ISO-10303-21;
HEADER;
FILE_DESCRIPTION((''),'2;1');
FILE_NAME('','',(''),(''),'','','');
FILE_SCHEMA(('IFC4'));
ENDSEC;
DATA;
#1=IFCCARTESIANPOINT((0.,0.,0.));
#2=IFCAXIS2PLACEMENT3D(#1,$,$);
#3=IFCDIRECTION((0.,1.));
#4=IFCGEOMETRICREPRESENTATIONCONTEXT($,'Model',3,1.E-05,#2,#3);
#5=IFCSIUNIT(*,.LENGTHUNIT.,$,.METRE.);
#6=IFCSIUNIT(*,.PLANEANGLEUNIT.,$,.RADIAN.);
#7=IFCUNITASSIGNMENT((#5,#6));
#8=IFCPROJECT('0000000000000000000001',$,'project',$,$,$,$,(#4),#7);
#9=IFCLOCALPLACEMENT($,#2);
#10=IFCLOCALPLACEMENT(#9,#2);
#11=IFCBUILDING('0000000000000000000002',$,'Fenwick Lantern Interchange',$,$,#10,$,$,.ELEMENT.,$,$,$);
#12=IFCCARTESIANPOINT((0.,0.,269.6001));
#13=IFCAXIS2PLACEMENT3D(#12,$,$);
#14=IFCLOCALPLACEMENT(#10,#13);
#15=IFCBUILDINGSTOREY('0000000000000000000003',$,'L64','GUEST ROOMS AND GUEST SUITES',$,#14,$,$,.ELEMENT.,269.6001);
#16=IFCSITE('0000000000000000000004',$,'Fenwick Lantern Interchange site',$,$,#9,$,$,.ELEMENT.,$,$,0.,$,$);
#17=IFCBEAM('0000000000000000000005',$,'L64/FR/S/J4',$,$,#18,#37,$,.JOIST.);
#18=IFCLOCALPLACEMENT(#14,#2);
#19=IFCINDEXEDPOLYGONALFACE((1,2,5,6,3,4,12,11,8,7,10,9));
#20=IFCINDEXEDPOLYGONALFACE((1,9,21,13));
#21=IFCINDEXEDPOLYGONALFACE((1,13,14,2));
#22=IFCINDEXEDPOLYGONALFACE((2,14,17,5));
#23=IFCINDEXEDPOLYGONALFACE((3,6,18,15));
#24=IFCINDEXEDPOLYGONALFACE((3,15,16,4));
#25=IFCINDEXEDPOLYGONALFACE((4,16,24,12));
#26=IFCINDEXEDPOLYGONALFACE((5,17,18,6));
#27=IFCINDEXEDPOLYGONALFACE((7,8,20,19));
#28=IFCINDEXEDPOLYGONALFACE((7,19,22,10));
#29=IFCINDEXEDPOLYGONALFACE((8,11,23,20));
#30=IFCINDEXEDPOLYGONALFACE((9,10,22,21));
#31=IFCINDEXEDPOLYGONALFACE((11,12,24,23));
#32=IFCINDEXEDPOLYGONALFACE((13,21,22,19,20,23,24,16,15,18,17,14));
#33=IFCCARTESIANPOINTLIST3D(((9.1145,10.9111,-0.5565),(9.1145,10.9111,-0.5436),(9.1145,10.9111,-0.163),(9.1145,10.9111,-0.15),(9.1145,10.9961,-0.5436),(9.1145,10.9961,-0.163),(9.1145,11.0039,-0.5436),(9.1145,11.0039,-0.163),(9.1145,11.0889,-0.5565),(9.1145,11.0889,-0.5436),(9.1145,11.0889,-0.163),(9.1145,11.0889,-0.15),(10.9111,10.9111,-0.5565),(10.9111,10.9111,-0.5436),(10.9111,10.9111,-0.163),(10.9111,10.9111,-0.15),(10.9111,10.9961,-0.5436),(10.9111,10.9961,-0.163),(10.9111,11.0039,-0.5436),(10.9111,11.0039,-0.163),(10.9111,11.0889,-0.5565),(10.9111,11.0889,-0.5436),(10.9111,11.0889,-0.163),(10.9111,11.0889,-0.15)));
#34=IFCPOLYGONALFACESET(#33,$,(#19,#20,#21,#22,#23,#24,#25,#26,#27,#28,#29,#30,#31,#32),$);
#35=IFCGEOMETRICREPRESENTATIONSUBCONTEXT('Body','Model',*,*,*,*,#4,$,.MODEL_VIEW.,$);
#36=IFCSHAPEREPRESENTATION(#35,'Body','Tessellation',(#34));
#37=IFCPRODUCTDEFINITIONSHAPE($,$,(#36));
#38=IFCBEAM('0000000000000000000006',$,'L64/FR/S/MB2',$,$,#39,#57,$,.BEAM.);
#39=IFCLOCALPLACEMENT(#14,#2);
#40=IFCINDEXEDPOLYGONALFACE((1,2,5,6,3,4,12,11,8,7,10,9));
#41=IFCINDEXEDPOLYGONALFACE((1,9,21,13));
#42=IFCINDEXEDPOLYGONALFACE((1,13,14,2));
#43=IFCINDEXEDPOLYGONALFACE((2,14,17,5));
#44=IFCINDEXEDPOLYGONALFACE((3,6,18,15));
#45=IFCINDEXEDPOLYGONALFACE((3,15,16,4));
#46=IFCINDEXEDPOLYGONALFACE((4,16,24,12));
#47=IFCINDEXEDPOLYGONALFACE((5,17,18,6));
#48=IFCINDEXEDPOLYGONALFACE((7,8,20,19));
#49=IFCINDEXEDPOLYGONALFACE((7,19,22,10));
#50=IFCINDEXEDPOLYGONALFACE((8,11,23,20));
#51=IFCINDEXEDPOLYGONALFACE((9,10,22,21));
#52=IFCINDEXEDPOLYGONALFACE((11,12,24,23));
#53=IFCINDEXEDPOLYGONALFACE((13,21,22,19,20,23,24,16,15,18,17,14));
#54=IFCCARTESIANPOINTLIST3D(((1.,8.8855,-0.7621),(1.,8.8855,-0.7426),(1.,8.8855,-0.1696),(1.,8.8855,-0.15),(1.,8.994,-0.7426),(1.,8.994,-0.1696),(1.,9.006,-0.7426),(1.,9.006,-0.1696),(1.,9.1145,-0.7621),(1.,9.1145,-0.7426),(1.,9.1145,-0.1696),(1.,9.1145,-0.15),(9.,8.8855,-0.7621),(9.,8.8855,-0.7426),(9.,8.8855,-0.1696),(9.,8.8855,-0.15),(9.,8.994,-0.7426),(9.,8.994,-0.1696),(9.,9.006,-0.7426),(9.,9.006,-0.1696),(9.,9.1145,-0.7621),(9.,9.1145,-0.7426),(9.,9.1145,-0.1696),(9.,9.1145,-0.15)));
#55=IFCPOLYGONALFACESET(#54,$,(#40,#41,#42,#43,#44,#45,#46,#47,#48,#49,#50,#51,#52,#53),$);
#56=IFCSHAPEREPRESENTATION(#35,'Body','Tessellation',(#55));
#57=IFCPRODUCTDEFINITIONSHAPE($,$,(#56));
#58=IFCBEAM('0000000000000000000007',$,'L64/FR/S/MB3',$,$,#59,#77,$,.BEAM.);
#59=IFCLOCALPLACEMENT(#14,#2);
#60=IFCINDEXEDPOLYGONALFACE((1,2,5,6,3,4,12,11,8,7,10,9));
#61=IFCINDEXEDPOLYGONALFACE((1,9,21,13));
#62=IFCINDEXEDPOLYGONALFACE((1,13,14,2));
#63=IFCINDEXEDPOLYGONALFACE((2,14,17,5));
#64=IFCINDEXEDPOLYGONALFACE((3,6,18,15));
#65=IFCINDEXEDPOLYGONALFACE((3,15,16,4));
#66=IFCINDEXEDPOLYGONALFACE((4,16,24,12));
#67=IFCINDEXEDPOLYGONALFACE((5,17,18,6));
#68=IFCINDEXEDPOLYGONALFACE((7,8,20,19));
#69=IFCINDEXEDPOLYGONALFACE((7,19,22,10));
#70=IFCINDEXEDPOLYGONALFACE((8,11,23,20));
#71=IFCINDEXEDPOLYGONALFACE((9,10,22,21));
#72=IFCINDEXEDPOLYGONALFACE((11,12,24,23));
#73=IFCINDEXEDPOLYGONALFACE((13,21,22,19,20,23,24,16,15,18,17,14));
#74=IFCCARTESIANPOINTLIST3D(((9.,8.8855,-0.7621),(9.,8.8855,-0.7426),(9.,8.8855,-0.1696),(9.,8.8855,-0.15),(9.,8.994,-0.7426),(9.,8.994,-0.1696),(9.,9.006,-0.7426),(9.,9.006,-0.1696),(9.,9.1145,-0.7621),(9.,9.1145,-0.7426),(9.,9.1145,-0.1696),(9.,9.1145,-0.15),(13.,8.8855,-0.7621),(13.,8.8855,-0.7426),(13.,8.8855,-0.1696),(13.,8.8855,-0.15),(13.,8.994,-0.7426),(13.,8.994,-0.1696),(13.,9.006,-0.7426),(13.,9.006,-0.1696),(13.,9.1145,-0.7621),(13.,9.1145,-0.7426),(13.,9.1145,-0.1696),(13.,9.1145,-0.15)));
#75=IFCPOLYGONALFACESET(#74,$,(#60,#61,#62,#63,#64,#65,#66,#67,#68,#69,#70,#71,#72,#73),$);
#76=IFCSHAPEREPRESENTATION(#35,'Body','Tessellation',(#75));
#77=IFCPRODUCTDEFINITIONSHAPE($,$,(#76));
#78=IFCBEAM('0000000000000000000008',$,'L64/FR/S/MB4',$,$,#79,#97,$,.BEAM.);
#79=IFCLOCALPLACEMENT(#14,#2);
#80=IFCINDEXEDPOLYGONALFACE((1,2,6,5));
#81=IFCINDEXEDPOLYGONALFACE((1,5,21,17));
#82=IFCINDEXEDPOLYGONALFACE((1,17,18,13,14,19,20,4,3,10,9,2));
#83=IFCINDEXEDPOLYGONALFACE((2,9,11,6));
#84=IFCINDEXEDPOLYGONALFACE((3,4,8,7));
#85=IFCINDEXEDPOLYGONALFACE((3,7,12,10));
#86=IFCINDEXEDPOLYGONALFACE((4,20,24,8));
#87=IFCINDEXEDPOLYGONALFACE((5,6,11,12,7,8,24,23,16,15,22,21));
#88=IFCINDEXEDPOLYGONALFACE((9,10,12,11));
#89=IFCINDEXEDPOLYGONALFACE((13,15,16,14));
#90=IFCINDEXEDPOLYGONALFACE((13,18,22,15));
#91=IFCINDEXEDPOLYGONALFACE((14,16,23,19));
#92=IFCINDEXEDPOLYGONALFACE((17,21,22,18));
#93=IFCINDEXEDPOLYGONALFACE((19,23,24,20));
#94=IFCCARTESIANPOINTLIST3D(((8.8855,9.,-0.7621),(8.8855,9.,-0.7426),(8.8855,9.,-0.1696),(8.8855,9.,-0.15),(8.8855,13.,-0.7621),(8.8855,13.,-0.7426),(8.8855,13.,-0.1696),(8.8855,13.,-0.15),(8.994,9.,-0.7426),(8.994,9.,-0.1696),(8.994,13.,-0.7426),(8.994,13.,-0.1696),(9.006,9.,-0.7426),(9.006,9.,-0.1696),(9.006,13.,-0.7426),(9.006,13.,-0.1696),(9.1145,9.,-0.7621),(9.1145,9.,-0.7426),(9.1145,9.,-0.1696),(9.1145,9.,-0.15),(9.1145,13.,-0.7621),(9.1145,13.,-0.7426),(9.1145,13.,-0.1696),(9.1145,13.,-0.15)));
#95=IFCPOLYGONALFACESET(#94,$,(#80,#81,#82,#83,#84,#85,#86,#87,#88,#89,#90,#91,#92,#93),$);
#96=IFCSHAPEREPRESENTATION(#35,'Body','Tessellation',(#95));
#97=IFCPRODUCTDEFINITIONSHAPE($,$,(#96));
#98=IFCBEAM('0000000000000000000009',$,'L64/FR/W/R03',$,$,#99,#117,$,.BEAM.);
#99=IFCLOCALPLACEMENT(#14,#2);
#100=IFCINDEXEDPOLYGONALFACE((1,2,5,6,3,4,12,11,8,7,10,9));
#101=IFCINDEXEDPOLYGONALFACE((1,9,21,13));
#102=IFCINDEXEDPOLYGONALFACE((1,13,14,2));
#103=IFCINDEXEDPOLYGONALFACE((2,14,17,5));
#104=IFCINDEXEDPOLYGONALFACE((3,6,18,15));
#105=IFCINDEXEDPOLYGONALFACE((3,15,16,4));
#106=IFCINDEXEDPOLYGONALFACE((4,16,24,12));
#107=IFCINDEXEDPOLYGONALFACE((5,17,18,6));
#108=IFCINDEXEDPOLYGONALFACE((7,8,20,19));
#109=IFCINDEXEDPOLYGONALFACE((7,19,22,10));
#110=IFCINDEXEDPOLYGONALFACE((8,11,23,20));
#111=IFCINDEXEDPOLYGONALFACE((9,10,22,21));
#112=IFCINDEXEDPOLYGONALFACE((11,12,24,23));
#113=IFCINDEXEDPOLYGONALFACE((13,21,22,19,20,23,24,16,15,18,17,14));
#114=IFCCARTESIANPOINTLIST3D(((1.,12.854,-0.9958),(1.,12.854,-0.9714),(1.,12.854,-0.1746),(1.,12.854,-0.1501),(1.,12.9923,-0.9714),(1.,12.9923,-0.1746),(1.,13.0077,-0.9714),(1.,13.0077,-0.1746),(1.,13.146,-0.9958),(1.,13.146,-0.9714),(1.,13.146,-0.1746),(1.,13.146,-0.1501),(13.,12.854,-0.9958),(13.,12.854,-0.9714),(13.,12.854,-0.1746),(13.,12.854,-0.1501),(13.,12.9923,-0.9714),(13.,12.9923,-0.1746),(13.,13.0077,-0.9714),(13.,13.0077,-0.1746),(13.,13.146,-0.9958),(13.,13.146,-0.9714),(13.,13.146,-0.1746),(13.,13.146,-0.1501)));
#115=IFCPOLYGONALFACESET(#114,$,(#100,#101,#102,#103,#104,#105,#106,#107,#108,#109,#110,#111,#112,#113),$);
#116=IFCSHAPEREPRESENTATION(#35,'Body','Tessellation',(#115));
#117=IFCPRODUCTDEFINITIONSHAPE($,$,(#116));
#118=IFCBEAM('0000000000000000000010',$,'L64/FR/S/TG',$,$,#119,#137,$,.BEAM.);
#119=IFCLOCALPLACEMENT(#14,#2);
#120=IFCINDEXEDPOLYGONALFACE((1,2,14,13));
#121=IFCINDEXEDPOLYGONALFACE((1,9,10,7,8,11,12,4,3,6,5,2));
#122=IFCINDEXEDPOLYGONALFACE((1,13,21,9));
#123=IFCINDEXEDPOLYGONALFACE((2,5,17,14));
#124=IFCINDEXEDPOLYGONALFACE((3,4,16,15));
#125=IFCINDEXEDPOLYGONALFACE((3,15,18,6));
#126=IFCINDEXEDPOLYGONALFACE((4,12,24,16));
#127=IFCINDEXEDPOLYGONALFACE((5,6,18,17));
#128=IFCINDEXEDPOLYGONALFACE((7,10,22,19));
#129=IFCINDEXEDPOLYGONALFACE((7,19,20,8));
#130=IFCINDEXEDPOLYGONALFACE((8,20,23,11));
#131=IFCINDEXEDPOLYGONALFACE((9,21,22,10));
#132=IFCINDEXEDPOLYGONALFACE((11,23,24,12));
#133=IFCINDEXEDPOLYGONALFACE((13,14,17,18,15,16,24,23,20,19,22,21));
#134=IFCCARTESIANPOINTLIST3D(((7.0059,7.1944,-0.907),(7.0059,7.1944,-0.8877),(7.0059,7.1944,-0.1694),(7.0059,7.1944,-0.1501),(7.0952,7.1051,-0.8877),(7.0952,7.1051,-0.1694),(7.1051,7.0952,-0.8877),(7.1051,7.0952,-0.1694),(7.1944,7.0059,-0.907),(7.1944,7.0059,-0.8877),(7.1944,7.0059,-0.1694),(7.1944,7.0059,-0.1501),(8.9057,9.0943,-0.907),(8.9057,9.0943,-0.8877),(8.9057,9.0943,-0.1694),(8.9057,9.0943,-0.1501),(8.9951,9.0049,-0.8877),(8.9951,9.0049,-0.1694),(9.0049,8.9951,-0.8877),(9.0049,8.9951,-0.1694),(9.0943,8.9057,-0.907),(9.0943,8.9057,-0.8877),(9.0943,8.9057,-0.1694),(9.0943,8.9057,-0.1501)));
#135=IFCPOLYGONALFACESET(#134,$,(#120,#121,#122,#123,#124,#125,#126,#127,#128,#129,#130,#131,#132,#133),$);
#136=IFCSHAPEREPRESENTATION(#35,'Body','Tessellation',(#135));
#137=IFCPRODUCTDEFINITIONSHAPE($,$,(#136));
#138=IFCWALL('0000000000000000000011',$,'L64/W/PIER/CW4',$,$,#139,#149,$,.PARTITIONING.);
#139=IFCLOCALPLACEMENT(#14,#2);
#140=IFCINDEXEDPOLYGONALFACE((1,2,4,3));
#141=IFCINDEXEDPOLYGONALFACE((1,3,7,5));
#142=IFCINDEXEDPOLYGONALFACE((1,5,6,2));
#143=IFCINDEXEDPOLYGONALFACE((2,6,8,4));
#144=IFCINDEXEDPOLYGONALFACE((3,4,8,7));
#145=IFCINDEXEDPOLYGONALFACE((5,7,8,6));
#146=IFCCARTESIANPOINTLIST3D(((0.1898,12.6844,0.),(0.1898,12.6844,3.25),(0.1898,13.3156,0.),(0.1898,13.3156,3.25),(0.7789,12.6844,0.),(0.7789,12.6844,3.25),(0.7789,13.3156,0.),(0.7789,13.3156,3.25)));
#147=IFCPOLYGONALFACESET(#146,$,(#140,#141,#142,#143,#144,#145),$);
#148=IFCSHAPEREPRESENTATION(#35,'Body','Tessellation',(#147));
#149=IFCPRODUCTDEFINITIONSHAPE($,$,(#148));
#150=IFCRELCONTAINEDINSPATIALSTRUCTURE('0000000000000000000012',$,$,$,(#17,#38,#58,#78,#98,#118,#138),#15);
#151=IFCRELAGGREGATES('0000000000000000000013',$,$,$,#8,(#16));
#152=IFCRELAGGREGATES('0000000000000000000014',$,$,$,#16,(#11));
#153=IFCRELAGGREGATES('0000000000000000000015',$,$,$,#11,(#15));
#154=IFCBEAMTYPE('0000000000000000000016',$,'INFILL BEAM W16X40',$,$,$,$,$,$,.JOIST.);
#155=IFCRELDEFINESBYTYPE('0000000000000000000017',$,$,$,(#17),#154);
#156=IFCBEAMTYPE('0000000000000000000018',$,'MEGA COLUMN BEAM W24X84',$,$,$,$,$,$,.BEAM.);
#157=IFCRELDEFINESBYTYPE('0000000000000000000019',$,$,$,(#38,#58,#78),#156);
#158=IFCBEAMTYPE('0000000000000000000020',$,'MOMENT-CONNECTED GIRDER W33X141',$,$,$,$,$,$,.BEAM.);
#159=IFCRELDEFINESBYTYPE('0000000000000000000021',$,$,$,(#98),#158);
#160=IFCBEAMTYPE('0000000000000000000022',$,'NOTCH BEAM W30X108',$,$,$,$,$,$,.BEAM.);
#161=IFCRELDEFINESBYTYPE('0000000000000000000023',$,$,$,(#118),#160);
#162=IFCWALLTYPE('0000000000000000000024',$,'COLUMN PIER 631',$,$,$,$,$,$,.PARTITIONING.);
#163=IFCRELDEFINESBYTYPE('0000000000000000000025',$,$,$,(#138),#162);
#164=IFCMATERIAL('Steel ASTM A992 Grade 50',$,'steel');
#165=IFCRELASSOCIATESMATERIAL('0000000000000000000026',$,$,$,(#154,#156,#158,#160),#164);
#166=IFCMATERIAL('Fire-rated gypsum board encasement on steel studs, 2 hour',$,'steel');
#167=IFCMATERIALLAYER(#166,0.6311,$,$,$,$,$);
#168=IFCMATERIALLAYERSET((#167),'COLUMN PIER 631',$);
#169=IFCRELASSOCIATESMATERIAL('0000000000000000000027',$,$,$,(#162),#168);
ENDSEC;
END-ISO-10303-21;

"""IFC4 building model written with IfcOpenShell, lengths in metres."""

from ifc_helpers import new_model, si_unit, direction, frame, frame_2d, origin, origin_2d, place, context, subcontext, project, spatial, rectangle, i_section, extrude, material, layer, layer_set, material_profile, profile_set, type_object, element, save


model = new_model("IFC4")

# Units and contexts
model_context = context("Model", 3, precision=1e-05, world=origin(), true_north=direction((0.0, 1.0)))
body_context = subcontext(model_context, "Body", "Model", "MODEL_VIEW")
ifc_project = project(units=[si_unit("LENGTHUNIT", "METRE"), si_unit("PLANEANGLEUNIT", "RADIAN")], contexts=[model_context])

# Site, building, storey
site_placement = place(None, origin())
site = spatial("IfcSite", under=ifc_project, at=site_placement, Name="Fenwick Lantern Interchange site", CompositionType="ELEMENT", RefElevation=0.0)
building_placement = place(site_placement, origin())
building = spatial("IfcBuilding", under=site, at=building_placement, Name="Fenwick Lantern Interchange", CompositionType="ELEMENT")
storey_placement = place(building_placement, frame((0.0, 0.0, 269.6001)))
storey = spatial("IfcBuildingStorey", under=building, at=storey_placement, Name="L64", Description="GUEST ROOMS AND GUEST SUITES", CompositionType="ELEMENT", Elevation=269.6001)

# Shared definitions
ifc_material_1 = material(Name="Steel ASTM A992 Grade 50", Category="steel")

# Beams
ifc_material_profile_1 = material_profile(ifc_material_1, i_section(OverallWidth=0.1777, OverallDepth=0.4065, WebThickness=0.0078, FlangeThickness=0.0129, at=origin_2d()), Name="W16X40")
ifc_profile_set_1 = profile_set([ifc_material_profile_1], Name="Steel ASTM A992 Grade 50")
beam_type_1 = type_object("IfcBeamType", Name="INFILL BEAM W16X40", PredefinedType="JOIST", material=ifc_profile_set_1)
beam_1_placement = place(storey_placement, frame((9.1145, 11.0, -0.3533), z_axis=(1.0, 0.0, 0.0), x_axis=(0.0, 1.0, 0.0)))
element("IfcBeam", 1, at=beam_1_placement, inside=storey, type_object=beam_type_1, Name="L64/FR/S/J4", PredefinedType="JOIST", context=body_context, shape_type="SweptSolid", body=[
    extrude(i_section(OverallWidth=0.1777, OverallDepth=0.4065, WebThickness=0.0078, FlangeThickness=0.0129, at=origin_2d()), origin(), (0.0, 0.0, 1.0), 1.7966),
])
ifc_material_profile_2 = material_profile(ifc_material_1, i_section(OverallWidth=0.229, OverallDepth=0.6121, WebThickness=0.012, FlangeThickness=0.0195, at=origin_2d()), Name="W24X84")
ifc_profile_set_2 = profile_set([ifc_material_profile_2], Name="Steel ASTM A992 Grade 50")
beam_type_2 = type_object("IfcBeamType", Name="MEGA COLUMN BEAM W24X84", PredefinedType="BEAM", material=ifc_profile_set_2)
beam_2_placement = place(storey_placement, frame((9.0, 9.0, -0.4561), z_axis=(-1.0, 0.0, 0.0), x_axis=(0.0, -1.0, 0.0)))
element("IfcBeam", 2, at=beam_2_placement, inside=storey, type_object=beam_type_2, Name="L64/FR/S/MB2", PredefinedType="BEAM", context=body_context, shape_type="SweptSolid", body=[
    extrude(i_section(OverallWidth=0.229, OverallDepth=0.6121, WebThickness=0.012, FlangeThickness=0.0195, at=origin_2d()), origin(), (0.0, 0.0, 1.0), 8.0),
])
for number, where, z_axis, x_axis, name in (
    (3, (9.0, 9.0, -0.4561), (1.0, 0.0, 0.0), (0.0, 1.0, 0.0), "L64/FR/S/MB3"),
    (4, (9.0, 9.0, -0.4561), (0.0, 1.0, 0.0), (-1.0, 0.0, 0.0), "L64/FR/S/MB4"),
):
    element("IfcBeam", number, at=place(storey_placement, frame(where, z_axis=z_axis, x_axis=x_axis)), inside=storey, type_object=beam_type_2, Name=name, PredefinedType="BEAM", context=body_context, shape_type="SweptSolid", body=[
        extrude(i_section(OverallWidth=0.229, OverallDepth=0.6121, WebThickness=0.012, FlangeThickness=0.0195, at=origin_2d()), origin(), (0.0, 0.0, 1.0), 4.0),
    ])
ifc_material_profile_3 = material_profile(ifc_material_1, i_section(OverallWidth=0.292, OverallDepth=0.8457, WebThickness=0.0154, FlangeThickness=0.0244, at=origin_2d()), Name="W33X141")
ifc_profile_set_3 = profile_set([ifc_material_profile_3], Name="Steel ASTM A992 Grade 50")
beam_type_3 = type_object("IfcBeamType", Name="MOMENT-CONNECTED GIRDER W33X141", PredefinedType="BEAM", material=ifc_profile_set_3)
beam_3_placement = place(storey_placement, frame((1.0, 13.0, -0.573), z_axis=(1.0, 0.0, 0.0), x_axis=(0.0, 1.0, 0.0)))
element("IfcBeam", 5, at=beam_3_placement, inside=storey, type_object=beam_type_3, Name="L64/FR/W/R03", PredefinedType="BEAM", context=body_context, shape_type="SweptSolid", body=[
    extrude(i_section(OverallWidth=0.292, OverallDepth=0.8457, WebThickness=0.0154, FlangeThickness=0.0244, at=origin_2d()), origin(), (0.0, 0.0, 1.0), 12.0),
])
ifc_material_profile_4 = material_profile(ifc_material_1, i_section(OverallWidth=0.2666, OverallDepth=0.7568, WebThickness=0.0139, FlangeThickness=0.0193, at=origin_2d()), Name="W30X108")
ifc_profile_set_4 = profile_set([ifc_material_profile_4], Name="Steel ASTM A992 Grade 50")
beam_type_4 = type_object("IfcBeamType", Name="NOTCH BEAM W30X108", PredefinedType="BEAM", material=ifc_profile_set_4)
beam_4_placement = place(storey_placement, frame((9.0, 9.0, -0.5286), z_axis=(-0.707107, -0.707107, 0.0), x_axis=(0.707107, -0.707107, 0.0)))
element("IfcBeam", 6, at=beam_4_placement, inside=storey, type_object=beam_type_4, Name="L64/FR/S/TG", PredefinedType="BEAM", context=body_context, shape_type="SweptSolid", body=[
    extrude(i_section(OverallWidth=0.2666, OverallDepth=0.7568, WebThickness=0.0139, FlangeThickness=0.0193, at=origin_2d()), origin(), (0.0, 0.0, 1.0), 2.6868),
])

# Wall
ifc_material_2 = material(Name="Fire-rated gypsum board encasement on steel studs, 2 hour", Category="steel")
ifc_layer_1 = layer(ifc_material_2, 0.6311)
ifc_layer_set_1 = layer_set([ifc_layer_1], Name="COLUMN PIER 631")
wall_type_1 = type_object("IfcWallType", Name="COLUMN PIER 631", PredefinedType="PARTITIONING", material=ifc_layer_set_1)
wall_1_placement = place(storey_placement, frame((0.1899, 13.0, 0.0), z_axis=(0.0, 0.0, 1.0), x_axis=(1.0, 0.0, 0.0)))
element("IfcWall", 7, at=wall_1_placement, inside=storey, type_object=wall_type_1, Name="L64/W/PIER/CW4", PredefinedType="PARTITIONING", context=body_context, shape_type="SweptSolid", body=[
    extrude(rectangle(XDim=0.5891, YDim=0.6311, at=frame_2d((0.2944, 0.0))), origin(), (0.0, 0.0, 1.0), 3.25),
])

save(model, "model.ifc")
